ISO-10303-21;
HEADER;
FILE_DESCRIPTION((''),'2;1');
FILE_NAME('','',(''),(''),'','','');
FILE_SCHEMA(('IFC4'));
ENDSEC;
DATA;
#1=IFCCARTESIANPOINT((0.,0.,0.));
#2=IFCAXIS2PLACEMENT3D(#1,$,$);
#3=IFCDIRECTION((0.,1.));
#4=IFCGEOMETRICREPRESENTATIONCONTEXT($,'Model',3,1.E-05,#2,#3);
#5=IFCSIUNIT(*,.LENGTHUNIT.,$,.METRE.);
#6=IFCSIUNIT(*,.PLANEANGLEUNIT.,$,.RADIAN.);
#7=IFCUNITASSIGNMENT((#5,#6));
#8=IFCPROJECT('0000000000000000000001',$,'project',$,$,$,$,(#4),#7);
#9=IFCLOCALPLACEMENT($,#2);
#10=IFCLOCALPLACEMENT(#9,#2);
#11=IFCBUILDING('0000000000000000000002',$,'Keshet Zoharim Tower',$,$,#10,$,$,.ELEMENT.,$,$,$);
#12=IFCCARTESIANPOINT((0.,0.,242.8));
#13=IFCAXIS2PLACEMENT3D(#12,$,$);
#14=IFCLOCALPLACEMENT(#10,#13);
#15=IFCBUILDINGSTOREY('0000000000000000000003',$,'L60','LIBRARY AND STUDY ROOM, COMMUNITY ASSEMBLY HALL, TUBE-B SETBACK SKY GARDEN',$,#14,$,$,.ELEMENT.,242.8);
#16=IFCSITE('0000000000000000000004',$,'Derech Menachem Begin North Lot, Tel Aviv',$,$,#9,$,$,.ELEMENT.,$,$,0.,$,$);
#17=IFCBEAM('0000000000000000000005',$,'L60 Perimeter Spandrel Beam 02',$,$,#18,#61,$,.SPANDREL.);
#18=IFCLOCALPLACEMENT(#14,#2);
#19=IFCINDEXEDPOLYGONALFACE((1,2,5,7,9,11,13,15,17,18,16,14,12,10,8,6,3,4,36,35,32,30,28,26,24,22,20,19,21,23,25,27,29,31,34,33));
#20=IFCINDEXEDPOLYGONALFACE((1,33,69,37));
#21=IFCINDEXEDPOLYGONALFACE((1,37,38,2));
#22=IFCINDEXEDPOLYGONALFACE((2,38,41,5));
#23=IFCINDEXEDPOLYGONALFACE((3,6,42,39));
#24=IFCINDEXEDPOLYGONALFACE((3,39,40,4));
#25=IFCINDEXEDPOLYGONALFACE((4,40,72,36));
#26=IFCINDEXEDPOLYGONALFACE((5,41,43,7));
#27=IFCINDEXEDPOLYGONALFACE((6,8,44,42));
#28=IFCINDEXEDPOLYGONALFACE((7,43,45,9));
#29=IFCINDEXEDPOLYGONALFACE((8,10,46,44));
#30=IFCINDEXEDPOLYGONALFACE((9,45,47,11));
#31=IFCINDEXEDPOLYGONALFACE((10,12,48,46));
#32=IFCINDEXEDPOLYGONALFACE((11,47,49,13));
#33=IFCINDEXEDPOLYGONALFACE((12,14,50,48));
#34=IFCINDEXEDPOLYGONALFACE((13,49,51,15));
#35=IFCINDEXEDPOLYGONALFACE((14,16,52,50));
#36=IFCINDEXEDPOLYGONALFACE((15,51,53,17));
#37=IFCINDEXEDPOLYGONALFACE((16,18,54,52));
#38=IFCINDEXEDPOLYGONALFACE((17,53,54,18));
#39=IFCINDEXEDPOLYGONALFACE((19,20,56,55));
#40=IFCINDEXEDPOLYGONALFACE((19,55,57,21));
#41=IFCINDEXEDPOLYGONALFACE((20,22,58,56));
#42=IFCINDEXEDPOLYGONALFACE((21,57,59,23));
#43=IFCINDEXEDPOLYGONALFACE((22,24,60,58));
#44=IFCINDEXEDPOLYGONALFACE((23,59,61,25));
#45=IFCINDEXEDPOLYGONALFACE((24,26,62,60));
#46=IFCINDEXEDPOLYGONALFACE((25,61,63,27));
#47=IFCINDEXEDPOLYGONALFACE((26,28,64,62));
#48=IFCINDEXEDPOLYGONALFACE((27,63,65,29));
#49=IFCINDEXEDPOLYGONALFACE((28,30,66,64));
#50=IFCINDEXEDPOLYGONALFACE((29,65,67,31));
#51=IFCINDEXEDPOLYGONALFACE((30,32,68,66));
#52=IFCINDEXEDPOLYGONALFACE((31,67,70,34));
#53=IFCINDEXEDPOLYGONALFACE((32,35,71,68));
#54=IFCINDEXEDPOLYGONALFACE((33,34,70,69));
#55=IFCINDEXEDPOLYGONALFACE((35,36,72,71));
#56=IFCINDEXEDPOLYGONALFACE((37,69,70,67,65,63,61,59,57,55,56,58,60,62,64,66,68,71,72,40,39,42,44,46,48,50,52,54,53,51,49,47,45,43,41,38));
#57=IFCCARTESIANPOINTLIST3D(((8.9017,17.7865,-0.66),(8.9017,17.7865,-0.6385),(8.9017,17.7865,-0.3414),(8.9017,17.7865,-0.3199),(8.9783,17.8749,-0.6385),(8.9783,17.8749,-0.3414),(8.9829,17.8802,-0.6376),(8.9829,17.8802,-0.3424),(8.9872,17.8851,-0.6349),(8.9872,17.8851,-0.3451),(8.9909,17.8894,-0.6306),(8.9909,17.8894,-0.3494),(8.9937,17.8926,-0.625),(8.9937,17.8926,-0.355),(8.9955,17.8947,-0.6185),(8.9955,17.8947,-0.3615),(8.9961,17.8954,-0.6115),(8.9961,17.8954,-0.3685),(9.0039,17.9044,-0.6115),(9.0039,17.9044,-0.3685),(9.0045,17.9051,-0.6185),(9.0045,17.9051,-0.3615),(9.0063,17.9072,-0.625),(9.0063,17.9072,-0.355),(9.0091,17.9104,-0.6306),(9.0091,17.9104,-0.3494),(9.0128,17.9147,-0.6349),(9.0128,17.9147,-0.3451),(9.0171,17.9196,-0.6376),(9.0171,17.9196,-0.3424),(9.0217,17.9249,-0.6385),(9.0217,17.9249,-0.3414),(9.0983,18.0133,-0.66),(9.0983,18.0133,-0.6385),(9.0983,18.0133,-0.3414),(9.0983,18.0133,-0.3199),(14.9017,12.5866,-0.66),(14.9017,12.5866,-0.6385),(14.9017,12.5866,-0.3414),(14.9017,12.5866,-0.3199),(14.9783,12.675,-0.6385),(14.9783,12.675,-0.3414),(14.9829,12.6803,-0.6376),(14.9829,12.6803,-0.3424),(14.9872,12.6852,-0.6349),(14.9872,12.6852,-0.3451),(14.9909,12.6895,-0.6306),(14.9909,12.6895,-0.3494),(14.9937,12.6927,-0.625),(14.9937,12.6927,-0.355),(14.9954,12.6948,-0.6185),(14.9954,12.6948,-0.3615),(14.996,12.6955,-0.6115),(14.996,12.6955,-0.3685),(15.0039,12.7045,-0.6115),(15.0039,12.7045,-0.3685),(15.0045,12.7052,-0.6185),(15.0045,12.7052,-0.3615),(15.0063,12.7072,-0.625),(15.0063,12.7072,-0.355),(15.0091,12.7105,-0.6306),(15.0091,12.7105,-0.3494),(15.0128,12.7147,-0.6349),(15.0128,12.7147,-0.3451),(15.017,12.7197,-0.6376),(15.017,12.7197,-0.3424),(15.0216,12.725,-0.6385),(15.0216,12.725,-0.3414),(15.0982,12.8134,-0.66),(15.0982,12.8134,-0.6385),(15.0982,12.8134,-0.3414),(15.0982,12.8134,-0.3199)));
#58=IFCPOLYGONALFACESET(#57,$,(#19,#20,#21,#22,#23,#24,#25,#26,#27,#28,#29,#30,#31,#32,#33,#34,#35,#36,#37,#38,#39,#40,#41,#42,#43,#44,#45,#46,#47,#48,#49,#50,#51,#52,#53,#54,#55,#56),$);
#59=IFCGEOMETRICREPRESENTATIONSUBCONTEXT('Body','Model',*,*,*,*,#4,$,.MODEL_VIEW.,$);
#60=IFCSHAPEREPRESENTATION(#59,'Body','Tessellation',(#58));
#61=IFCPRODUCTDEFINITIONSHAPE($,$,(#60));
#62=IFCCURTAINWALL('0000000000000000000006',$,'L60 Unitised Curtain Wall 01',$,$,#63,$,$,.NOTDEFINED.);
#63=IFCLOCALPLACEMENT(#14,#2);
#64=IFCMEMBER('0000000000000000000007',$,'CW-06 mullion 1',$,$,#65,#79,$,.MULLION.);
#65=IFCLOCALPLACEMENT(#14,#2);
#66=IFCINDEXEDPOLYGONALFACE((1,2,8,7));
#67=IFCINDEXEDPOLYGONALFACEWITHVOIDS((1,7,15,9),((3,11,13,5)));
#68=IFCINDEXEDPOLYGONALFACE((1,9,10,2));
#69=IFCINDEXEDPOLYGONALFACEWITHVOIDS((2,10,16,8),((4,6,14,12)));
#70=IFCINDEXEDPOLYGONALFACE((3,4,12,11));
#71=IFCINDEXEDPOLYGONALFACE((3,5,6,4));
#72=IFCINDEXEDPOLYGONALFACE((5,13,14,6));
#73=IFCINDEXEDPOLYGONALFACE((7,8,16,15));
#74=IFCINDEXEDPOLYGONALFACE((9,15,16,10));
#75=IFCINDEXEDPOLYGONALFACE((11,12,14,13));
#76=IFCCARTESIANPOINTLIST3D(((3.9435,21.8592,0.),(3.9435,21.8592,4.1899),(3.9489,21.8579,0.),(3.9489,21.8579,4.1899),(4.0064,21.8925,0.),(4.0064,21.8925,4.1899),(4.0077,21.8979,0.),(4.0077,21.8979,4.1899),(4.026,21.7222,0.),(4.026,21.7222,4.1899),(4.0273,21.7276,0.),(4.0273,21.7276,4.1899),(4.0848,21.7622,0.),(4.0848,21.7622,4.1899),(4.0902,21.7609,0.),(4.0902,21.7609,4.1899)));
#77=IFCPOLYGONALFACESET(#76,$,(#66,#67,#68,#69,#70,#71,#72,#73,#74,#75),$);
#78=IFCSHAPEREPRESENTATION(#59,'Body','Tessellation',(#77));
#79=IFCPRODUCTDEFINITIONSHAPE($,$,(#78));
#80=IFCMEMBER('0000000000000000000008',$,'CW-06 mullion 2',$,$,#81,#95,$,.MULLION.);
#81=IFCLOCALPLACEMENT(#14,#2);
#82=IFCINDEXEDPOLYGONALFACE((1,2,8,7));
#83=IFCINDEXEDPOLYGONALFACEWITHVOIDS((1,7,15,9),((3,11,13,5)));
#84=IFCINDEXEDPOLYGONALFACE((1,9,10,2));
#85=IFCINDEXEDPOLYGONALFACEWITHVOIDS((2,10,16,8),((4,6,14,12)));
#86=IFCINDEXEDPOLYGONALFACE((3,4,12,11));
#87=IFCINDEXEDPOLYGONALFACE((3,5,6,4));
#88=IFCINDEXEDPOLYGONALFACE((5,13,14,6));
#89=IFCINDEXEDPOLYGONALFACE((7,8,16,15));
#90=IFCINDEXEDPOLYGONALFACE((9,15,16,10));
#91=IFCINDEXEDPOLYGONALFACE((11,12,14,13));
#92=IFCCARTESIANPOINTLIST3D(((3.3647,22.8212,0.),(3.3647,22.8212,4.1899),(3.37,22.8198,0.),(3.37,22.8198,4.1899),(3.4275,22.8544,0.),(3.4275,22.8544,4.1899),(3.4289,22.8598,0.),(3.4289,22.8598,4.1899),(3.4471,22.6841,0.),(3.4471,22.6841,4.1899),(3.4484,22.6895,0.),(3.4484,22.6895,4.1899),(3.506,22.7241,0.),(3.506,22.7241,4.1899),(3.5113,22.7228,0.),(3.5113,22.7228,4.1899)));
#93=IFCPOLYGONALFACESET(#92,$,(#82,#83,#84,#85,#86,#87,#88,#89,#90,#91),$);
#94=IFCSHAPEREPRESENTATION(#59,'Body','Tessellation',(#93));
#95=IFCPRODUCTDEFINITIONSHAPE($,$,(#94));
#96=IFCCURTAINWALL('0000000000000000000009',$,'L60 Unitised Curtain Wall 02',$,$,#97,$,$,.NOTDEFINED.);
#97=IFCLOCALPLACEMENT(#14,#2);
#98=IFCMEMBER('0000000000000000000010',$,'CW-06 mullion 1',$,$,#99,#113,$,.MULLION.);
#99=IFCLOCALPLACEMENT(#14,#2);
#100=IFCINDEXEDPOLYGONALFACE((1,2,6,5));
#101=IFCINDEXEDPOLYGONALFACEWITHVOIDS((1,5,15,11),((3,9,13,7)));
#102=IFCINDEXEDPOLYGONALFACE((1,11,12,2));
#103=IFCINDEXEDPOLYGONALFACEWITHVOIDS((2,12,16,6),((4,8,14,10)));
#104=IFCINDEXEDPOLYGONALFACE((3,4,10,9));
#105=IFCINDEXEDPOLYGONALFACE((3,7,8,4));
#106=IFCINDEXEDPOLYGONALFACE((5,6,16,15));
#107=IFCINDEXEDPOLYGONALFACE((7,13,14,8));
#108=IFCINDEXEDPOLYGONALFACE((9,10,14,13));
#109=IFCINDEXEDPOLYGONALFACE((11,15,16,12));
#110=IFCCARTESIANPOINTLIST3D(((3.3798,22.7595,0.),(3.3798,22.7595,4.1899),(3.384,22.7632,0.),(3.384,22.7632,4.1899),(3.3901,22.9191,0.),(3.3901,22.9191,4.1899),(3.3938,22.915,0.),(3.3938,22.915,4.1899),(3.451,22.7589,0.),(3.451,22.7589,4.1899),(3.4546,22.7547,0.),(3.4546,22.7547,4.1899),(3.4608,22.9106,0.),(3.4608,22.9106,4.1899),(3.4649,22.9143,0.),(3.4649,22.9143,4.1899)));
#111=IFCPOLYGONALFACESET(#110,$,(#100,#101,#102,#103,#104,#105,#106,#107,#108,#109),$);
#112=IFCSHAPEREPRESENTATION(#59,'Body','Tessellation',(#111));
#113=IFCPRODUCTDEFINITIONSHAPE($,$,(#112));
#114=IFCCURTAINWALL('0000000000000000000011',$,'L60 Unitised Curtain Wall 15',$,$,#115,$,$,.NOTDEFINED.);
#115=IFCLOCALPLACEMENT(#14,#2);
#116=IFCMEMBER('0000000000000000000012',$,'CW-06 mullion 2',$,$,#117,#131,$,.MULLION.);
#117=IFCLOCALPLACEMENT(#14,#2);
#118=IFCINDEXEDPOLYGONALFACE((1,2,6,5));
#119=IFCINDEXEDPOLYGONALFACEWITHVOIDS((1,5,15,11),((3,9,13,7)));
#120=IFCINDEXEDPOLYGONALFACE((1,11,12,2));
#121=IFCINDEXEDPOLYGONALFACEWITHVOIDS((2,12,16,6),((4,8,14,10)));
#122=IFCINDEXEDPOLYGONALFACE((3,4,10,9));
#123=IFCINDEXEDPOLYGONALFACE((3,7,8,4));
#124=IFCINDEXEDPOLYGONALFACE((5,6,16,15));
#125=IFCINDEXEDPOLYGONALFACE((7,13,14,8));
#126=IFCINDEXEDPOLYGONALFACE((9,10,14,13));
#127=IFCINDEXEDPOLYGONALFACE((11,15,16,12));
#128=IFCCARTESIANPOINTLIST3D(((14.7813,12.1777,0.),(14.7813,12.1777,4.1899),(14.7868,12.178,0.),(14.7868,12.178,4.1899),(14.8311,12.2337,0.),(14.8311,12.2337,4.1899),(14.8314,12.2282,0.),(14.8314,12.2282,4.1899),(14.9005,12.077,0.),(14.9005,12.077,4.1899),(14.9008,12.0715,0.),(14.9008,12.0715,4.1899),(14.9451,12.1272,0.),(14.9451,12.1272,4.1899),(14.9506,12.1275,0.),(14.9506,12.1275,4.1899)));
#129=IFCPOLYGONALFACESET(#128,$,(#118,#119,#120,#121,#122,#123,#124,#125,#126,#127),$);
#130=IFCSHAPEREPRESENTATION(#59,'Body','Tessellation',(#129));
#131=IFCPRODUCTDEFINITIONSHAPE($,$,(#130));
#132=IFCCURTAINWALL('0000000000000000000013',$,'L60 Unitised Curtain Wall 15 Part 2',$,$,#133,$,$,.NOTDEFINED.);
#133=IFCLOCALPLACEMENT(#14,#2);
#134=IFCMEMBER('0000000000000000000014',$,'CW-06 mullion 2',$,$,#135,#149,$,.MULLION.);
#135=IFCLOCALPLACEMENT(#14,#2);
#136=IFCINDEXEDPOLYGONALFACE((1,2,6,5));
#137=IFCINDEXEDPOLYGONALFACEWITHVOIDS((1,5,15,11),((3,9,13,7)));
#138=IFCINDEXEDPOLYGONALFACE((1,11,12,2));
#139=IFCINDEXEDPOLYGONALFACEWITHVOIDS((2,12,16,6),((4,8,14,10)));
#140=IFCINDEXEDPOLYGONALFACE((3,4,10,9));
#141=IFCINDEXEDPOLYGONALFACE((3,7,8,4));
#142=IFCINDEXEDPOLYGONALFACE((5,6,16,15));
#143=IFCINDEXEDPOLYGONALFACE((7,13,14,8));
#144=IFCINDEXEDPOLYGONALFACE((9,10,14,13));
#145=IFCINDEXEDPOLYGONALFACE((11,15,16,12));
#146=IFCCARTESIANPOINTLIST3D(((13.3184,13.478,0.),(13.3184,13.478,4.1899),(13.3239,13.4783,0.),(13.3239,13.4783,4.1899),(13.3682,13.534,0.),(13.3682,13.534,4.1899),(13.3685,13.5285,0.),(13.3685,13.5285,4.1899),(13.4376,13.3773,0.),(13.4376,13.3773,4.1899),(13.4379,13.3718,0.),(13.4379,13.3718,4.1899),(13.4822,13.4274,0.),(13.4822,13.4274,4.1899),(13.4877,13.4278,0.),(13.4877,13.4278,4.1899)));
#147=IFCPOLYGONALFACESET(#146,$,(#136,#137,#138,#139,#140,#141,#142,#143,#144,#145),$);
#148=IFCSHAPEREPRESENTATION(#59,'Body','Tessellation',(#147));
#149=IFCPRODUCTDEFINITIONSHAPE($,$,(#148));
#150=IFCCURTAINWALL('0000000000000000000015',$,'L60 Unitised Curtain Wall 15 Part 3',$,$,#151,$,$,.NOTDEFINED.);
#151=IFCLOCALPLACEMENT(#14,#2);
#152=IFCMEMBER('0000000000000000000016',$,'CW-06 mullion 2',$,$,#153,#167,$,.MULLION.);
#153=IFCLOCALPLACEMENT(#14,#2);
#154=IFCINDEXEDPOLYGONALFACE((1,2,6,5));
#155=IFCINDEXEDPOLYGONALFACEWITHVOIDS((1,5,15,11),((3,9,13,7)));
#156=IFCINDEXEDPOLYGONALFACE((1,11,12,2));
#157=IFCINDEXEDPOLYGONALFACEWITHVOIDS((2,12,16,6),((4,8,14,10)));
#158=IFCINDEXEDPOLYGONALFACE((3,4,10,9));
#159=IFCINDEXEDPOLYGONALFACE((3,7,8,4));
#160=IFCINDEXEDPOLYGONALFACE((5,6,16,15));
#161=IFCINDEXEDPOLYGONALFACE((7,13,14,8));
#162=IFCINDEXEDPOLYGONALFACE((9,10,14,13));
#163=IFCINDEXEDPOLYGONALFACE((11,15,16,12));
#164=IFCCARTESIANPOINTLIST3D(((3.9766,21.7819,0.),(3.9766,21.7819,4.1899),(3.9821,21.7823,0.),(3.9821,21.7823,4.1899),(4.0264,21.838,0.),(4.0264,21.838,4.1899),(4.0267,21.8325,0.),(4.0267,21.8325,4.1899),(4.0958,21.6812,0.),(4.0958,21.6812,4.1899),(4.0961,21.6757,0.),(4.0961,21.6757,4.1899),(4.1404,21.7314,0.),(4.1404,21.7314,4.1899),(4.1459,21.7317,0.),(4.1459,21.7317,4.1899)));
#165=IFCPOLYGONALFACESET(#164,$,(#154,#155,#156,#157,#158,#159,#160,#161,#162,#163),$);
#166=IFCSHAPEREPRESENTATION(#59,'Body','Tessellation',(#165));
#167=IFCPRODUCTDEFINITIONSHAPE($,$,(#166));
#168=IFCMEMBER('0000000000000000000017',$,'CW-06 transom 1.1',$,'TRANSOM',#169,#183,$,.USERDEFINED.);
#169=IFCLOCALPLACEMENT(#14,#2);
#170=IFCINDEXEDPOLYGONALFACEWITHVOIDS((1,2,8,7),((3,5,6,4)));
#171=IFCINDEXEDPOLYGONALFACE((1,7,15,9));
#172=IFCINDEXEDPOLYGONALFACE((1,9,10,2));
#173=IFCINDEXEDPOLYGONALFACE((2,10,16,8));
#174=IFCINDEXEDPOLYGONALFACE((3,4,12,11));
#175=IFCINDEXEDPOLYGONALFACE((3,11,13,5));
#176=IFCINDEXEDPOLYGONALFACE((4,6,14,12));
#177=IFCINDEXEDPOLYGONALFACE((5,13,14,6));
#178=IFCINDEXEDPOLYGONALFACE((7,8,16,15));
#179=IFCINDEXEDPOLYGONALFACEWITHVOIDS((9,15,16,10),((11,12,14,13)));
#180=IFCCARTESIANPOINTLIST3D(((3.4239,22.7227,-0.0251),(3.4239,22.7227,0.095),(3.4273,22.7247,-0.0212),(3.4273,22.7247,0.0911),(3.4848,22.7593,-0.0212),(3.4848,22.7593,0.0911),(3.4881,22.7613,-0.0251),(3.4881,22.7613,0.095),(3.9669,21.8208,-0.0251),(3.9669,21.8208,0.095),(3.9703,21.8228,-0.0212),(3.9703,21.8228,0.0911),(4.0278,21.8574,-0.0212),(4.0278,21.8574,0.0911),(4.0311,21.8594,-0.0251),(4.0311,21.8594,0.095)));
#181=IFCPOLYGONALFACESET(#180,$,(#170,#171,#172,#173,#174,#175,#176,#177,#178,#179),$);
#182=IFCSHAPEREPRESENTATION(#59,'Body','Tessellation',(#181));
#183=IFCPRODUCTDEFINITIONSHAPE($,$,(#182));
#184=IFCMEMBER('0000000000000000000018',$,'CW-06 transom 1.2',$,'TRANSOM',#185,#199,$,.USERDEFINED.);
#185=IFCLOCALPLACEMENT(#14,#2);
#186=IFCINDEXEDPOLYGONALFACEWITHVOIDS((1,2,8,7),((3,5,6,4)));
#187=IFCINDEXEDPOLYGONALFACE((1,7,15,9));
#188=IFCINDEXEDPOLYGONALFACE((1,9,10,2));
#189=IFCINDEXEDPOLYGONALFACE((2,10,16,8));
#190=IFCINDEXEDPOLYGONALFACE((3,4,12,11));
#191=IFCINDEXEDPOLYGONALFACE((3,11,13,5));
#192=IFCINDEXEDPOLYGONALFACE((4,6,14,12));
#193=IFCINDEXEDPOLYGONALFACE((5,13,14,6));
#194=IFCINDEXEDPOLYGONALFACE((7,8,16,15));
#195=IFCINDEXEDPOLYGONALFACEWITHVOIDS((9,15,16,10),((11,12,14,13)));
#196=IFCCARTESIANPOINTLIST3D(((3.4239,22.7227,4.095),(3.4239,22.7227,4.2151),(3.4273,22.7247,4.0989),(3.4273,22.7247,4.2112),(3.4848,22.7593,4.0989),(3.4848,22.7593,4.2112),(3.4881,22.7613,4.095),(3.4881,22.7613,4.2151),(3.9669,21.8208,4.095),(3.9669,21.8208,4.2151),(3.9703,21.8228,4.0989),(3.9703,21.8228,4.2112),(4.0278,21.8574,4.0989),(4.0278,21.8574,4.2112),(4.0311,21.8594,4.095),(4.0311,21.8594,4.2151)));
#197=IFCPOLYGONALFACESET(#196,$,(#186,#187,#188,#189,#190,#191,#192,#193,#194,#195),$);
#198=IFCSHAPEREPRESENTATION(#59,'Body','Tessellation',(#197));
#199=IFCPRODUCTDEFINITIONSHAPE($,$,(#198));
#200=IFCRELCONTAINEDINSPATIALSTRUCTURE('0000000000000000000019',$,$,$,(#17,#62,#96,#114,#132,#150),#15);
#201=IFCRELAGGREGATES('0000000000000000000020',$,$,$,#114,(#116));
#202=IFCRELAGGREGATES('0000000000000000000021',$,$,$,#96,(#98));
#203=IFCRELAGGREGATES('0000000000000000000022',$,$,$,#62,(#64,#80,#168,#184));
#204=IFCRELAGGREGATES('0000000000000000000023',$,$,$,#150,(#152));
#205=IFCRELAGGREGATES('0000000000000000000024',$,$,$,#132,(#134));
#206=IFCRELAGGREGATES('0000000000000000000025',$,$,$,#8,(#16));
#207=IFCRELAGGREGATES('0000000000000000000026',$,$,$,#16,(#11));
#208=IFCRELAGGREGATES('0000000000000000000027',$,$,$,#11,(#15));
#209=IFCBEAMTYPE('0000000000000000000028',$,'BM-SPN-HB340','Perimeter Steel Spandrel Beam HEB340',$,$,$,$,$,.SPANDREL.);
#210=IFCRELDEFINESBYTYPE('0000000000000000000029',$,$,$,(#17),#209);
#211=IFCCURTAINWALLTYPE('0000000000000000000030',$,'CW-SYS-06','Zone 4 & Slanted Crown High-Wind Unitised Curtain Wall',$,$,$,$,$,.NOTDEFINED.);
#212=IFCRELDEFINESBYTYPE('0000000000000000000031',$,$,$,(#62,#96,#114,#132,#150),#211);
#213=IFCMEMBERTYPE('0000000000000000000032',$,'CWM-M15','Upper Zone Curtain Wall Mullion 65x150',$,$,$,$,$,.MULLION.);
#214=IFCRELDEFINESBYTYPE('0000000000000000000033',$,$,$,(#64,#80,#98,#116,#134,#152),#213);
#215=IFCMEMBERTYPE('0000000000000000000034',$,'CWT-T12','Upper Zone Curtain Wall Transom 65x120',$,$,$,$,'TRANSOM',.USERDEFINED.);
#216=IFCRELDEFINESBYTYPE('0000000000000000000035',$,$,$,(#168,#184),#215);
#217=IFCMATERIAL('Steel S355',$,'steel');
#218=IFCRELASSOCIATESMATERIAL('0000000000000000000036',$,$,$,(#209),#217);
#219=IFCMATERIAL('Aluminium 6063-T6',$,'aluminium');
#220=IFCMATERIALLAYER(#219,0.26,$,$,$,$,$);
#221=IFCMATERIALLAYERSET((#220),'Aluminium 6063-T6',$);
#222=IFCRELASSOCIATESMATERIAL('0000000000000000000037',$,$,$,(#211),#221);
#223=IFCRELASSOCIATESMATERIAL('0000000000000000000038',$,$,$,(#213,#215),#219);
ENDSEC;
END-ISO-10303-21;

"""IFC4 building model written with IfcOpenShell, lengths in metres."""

from ifc_helpers import new_model, si_unit, direction, frame, origin, origin_2d, place, context, subcontext, project, spatial, hollow_rectangle, i_section, extrude, material, layer, layer_set, material_profile, profile_set, type_object, element, aggregate, save


model = new_model("IFC4")

# Units and contexts
model_context = context("Model", 3, precision=1e-05, world=origin(), true_north=direction((0.0, 1.0)))
body_context = subcontext(model_context, "Body", "Model", "MODEL_VIEW")
ifc_project = project(units=[si_unit("LENGTHUNIT", "METRE"), si_unit("PLANEANGLEUNIT", "RADIAN")], contexts=[model_context])

# Site, building, storey
site_placement = place(None, origin())
site = spatial("IfcSite", under=ifc_project, at=site_placement, Name="Derech Menachem Begin North Lot, Tel Aviv", CompositionType="ELEMENT", RefElevation=0.0)
building_placement = place(site_placement, origin())
building = spatial("IfcBuilding", under=site, at=building_placement, Name="Keshet Zoharim Tower", CompositionType="ELEMENT")
storey_placement = place(building_placement, frame((0.0, 0.0, 242.8)))
storey = spatial("IfcBuildingStorey", under=building, at=storey_placement, Name="L60", Description="LIBRARY AND STUDY ROOM, COMMUNITY ASSEMBLY HALL, TUBE-B SETBACK SKY GARDEN", CompositionType="ELEMENT", Elevation=242.8)

# Shared definitions
ifc_material_1 = material(Name="Steel S355", Category="steel")

# Beam
ifc_material_profile_1 = material_profile(ifc_material_1, i_section(OverallWidth=0.3, OverallDepth=0.3401, WebThickness=0.012, FlangeThickness=0.0215, FilletRadius=0.0271, at=origin_2d()), Name="HEB340")
ifc_profile_set_1 = profile_set([ifc_material_profile_1], Name="Steel S355")
beam_type_1 = type_object("IfcBeamType", Name="BM-SPN-HB340", Description="Perimeter Steel Spandrel Beam HEB340", PredefinedType="SPANDREL", material=ifc_profile_set_1)
beam_1_placement = place(storey_placement, frame((9.0, 17.8999, -0.49), z_axis=(0.755692, -0.654927, 0.0), x_axis=(0.654927, 0.755692, 0.0)))
element("IfcBeam", 1, at=beam_1_placement, inside=storey, type_object=beam_type_1, Name="L60 Perimeter Spandrel Beam 02", PredefinedType="SPANDREL", context=body_context, shape_type="SweptSolid", body=[
    extrude(i_section(OverallWidth=0.3, OverallDepth=0.3401, WebThickness=0.012, FlangeThickness=0.0215, FilletRadius=0.0271, at=origin_2d()), origin(), (0.0, 0.0, 1.0), 7.9397),
])

# Curtain wall, members
ifc_material_2 = material(Name="Aluminium 6063-T6", Category="aluminium")
ifc_layer_1 = layer(ifc_material_2, 0.26)
ifc_layer_set_1 = layer_set([ifc_layer_1], Name="Aluminium 6063-T6")
curtain_wall_type = type_object("IfcCurtainWallType", Name="CW-SYS-06", Description="Zone 4 & Slanted Crown High-Wind Unitised Curtain Wall", PredefinedType="NOTDEFINED", material=ifc_layer_set_1)
curtain_wall_1_placement = place(storey_placement, origin())
curtain_wall_1 = element("IfcCurtainWall", 2, at=curtain_wall_1_placement, inside=storey, type_object=curtain_wall_type, Name="L60 Unitised Curtain Wall 01", PredefinedType="NOTDEFINED")
ifc_material_profile_2 = material_profile(ifc_material_2, hollow_rectangle(XDim=0.075, YDim=0.1599, WallThickness=0.0039, at=origin_2d()), Name="MUL-75x160")
ifc_profile_set_2 = profile_set([ifc_material_profile_2], Name="Aluminium 6063-T6")
member_type_1 = type_object("IfcMemberType", Name="CWM-M15", Description="Upper Zone Curtain Wall Mullion 65x150", PredefinedType="MULLION", material=ifc_profile_set_2)
member_1_placement = place(storey_placement, frame((4.0168, 21.8101, 0.0), z_axis=(0.0, 0.0, 1.0), x_axis=(-0.856826, -0.515605, 0.0)))
member_1 = element("IfcMember", 3, at=member_1_placement, type_object=member_type_1, Name="CW-06 mullion 1", PredefinedType="MULLION", context=body_context, shape_type="SweptSolid", body=[
    extrude(hollow_rectangle(XDim=0.075, YDim=0.1599, WallThickness=0.0039, at=origin_2d()), origin(), (0.0, 0.0, 1.0), 4.1899),
])
member_2_placement = place(storey_placement, frame((3.438, 22.772, 0.0), z_axis=(0.0, 0.0, 1.0), x_axis=(-0.856826, -0.515605, 0.0)))
member_2 = element("IfcMember", 4, at=member_2_placement, type_object=member_type_1, Name="CW-06 mullion 2", PredefinedType="MULLION", context=body_context, shape_type="SweptSolid", body=[
    extrude(hollow_rectangle(XDim=0.075, YDim=0.1599, WallThickness=0.0039, at=origin_2d()), origin(), (0.0, 0.0, 1.0), 4.1899),
])

# Curtain walls, members
curtain_wall_2_placement = place(storey_placement, origin())
curtain_wall_2 = element("IfcCurtainWall", 5, at=curtain_wall_2_placement, inside=storey, type_object=curtain_wall_type, Name="L60 Unitised Curtain Wall 02", PredefinedType="NOTDEFINED")
member_3_placement = place(storey_placement, frame((3.4224, 22.8369, 0.0), z_axis=(0.0, 0.0, 1.0), x_axis=(-0.997917, 0.064517, 0.0)))
member_3 = element("IfcMember", 6, at=member_3_placement, type_object=member_type_1, Name="CW-06 mullion 1", PredefinedType="MULLION", context=body_context, shape_type="SweptSolid", body=[
    extrude(hollow_rectangle(XDim=0.075, YDim=0.1599, WallThickness=0.0039, at=origin_2d()), origin(), (0.0, 0.0, 1.0), 4.1899),
])
curtain_wall_3_placement = place(storey_placement, origin())
curtain_wall_3 = element("IfcCurtainWall", 7, at=curtain_wall_3_placement, inside=storey, type_object=curtain_wall_type, Name="L60 Unitised Curtain Wall 15", PredefinedType="NOTDEFINED")
member_4_placement = place(storey_placement, frame((14.866, 12.1526, 0.0), z_axis=(0.0, 0.0, 1.0), x_axis=(-0.664361, -0.747412, 0.0)))
member_4 = element("IfcMember", 8, at=member_4_placement, type_object=member_type_1, Name="CW-06 mullion 2", PredefinedType="MULLION", context=body_context, shape_type="SweptSolid", body=[
    extrude(hollow_rectangle(XDim=0.075, YDim=0.1599, WallThickness=0.0039, at=origin_2d()), origin(), (0.0, 0.0, 1.0), 4.1899),
])
aggregate(curtain_wall_3, [member_4])
curtain_wall_4_placement = place(storey_placement, origin())
curtain_wall_4 = element("IfcCurtainWall", 9, at=curtain_wall_4_placement, inside=storey, type_object=curtain_wall_type, Name="L60 Unitised Curtain Wall 15 Part 2", PredefinedType="NOTDEFINED")
member_5_placement = place(storey_placement, frame((13.4031, 13.4529, 0.0), z_axis=(0.0, 0.0, 1.0), x_axis=(-0.66437, -0.747404, 0.0)))
member_5 = element("IfcMember", 10, at=member_5_placement, type_object=member_type_1, Name="CW-06 mullion 2", PredefinedType="MULLION", context=body_context, shape_type="SweptSolid", body=[
    extrude(hollow_rectangle(XDim=0.075, YDim=0.1599, WallThickness=0.0039, at=origin_2d()), origin(), (0.0, 0.0, 1.0), 4.1899),
])
curtain_wall_5_placement = place(storey_placement, origin())
curtain_wall_5 = element("IfcCurtainWall", 11, at=curtain_wall_5_placement, inside=storey, type_object=curtain_wall_type, Name="L60 Unitised Curtain Wall 15 Part 3", PredefinedType="NOTDEFINED")
member_6_placement = place(storey_placement, frame((4.0613, 21.7568, 0.0), z_axis=(0.0, 0.0, 1.0), x_axis=(-0.664359, -0.747413, 0.0)))
member_6 = element("IfcMember", 12, at=member_6_placement, type_object=member_type_1, Name="CW-06 mullion 2", PredefinedType="MULLION", context=body_context, shape_type="SweptSolid", body=[
    extrude(hollow_rectangle(XDim=0.075, YDim=0.1599, WallThickness=0.0039, at=origin_2d()), origin(), (0.0, 0.0, 1.0), 4.1899),
])

# Members
ifc_material_profile_3 = material_profile(ifc_material_2, hollow_rectangle(XDim=0.075, YDim=0.1201, WallThickness=0.0039, at=origin_2d()), Name="TRN-75x120")
ifc_profile_set_3 = profile_set([ifc_material_profile_3], Name="Aluminium 6063-T6")
member_type_2 = type_object("IfcMemberType", Name="CWT-T12", Description="Upper Zone Curtain Wall Transom 65x120", ElementType="TRANSOM", PredefinedType="USERDEFINED", material=ifc_profile_set_3)
member_7_placement = place(storey_placement, frame((3.999, 21.8401, 0.0349), z_axis=(-0.515791, 0.856714, 0.0), x_axis=(-0.856714, -0.515791, 0.0)))
member_7 = element("IfcMember", 13, at=member_7_placement, type_object=member_type_2, Name="CW-06 transom 1.1", ObjectType="TRANSOM", PredefinedType="USERDEFINED", context=body_context, shape_type="SweptSolid", body=[
    extrude(hollow_rectangle(XDim=0.075, YDim=0.1201, WallThickness=0.0039, at=origin_2d()), origin(), (0.0, 0.0, 1.0), 1.0527),
])
member_8_placement = place(storey_placement, frame((3.999, 21.8401, 4.155), z_axis=(-0.515791, 0.856714, 0.0), x_axis=(-0.856714, -0.515791, 0.0)))
member_8 = element("IfcMember", 14, at=member_8_placement, type_object=member_type_2, Name="CW-06 transom 1.2", ObjectType="TRANSOM", PredefinedType="USERDEFINED", context=body_context, shape_type="SweptSolid", body=[
    extrude(hollow_rectangle(XDim=0.075, YDim=0.1201, WallThickness=0.0039, at=origin_2d()), origin(), (0.0, 0.0, 1.0), 1.0527),
])
aggregate(curtain_wall_2, [member_3])

aggregate(curtain_wall_1, [member_1, member_2, member_7, member_8])
aggregate(curtain_wall_5, [member_6])
aggregate(curtain_wall_4, [member_5])

save(model, "model.ifc")
